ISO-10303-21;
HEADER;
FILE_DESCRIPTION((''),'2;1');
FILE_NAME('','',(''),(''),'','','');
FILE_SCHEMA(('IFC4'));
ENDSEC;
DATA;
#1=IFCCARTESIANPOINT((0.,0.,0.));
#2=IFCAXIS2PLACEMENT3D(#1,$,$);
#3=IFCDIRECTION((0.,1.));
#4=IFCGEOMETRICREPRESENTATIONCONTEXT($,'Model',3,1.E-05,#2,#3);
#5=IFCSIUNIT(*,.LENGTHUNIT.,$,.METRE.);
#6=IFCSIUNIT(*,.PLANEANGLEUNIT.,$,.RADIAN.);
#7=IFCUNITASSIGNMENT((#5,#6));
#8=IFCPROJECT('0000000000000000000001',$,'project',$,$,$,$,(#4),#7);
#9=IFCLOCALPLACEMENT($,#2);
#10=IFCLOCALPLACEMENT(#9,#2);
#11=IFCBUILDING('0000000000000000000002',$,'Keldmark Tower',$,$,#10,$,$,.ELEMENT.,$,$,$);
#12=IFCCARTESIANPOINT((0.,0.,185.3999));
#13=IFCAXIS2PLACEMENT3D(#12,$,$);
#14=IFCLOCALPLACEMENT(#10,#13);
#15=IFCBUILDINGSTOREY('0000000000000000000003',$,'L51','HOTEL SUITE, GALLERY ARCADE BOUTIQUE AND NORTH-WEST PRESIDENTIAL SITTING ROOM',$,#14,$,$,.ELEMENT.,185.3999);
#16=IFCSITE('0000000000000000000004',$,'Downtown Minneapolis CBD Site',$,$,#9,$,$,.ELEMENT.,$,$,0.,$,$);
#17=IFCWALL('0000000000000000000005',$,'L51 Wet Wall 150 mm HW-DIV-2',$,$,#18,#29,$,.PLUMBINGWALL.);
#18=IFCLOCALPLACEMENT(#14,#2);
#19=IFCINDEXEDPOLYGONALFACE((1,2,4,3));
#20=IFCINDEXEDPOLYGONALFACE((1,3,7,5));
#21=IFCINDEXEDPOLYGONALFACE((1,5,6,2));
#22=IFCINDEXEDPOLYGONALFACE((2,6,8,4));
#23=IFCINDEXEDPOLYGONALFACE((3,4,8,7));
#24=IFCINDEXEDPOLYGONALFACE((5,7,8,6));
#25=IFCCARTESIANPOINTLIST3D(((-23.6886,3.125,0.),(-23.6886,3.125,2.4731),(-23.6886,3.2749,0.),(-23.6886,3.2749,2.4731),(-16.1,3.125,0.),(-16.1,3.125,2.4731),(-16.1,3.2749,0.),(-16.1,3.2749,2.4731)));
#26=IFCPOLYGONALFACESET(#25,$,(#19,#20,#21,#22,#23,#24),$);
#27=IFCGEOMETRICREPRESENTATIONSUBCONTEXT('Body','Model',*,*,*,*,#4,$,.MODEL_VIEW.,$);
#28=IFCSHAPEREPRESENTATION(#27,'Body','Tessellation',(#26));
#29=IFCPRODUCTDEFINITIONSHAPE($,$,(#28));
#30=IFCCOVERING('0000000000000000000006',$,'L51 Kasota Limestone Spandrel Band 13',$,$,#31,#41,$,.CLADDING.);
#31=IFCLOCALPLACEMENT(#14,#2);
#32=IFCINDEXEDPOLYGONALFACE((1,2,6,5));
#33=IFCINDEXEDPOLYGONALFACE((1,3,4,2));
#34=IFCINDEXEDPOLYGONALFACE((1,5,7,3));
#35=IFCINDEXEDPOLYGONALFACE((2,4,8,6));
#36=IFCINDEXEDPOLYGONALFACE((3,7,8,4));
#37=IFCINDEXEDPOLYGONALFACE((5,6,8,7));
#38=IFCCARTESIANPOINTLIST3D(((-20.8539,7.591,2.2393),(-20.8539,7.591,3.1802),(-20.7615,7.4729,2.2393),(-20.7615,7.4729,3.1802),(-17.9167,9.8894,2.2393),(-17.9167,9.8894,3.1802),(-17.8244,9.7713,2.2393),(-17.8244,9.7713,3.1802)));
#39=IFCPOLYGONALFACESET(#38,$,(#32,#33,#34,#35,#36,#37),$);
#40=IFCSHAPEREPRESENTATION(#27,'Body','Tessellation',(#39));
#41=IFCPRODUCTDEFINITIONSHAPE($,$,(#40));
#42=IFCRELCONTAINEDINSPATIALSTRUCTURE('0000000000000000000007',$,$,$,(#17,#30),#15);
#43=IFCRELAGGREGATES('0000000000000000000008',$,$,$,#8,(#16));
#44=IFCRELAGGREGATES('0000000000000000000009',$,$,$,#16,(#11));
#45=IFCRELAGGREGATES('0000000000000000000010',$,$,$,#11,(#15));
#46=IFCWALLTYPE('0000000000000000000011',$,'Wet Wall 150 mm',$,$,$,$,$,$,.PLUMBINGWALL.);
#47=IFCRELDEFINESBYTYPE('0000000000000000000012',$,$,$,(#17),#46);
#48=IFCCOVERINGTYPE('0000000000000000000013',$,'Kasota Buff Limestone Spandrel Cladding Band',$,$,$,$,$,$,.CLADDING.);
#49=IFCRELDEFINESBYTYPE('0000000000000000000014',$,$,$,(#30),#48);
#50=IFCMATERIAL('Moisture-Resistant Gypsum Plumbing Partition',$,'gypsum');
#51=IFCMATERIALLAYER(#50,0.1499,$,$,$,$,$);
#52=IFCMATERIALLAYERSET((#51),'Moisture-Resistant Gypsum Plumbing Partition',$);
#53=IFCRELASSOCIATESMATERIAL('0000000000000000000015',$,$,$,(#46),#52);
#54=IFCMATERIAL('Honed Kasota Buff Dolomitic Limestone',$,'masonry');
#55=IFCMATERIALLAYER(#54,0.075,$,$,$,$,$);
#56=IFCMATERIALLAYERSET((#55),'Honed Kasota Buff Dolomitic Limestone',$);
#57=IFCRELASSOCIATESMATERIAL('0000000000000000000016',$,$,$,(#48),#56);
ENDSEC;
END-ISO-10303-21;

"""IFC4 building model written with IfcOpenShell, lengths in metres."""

from ifc_helpers import new_model, si_unit, direction, frame, frame_2d, origin, origin_2d, place, context, subcontext, project, spatial, rectangle, extrude, material, layer, layer_set, type_object, element, save


model = new_model("IFC4")

# Units and contexts
model_context = context("Model", 3, precision=1e-05, world=origin(), true_north=direction((0.0, 1.0)))
body_context = subcontext(model_context, "Body", "Model", "MODEL_VIEW")
ifc_project = project(units=[si_unit("LENGTHUNIT", "METRE"), si_unit("PLANEANGLEUNIT", "RADIAN")], contexts=[model_context])

# Site, building, storey
site_placement = place(None, origin())
site = spatial("IfcSite", under=ifc_project, at=site_placement, Name="Downtown Minneapolis CBD Site", CompositionType="ELEMENT", RefElevation=0.0)
building_placement = place(site_placement, origin())
building = spatial("IfcBuilding", under=site, at=building_placement, Name="Keldmark Tower", CompositionType="ELEMENT")
storey_placement = place(building_placement, frame((0.0, 0.0, 185.3999)))
storey = spatial("IfcBuildingStorey", under=building, at=storey_placement, Name="L51", Description="HOTEL SUITE, GALLERY ARCADE BOUTIQUE AND NORTH-WEST PRESIDENTIAL SITTING ROOM", CompositionType="ELEMENT", Elevation=185.3999)

# Wall
ifc_material_1 = material(Name="Moisture-Resistant Gypsum Plumbing Partition", Category="gypsum")
ifc_layer_1 = layer(ifc_material_1, 0.1499)
ifc_layer_set_1 = layer_set([ifc_layer_1], Name="Moisture-Resistant Gypsum Plumbing Partition")
wall_type_1 = type_object("IfcWallType", Name="Wet Wall 150 mm", PredefinedType="PLUMBINGWALL", material=ifc_layer_set_1)
wall_1_placement = place(storey_placement, frame((-23.6887, 3.2, 0.0), z_axis=(0.0, 0.0, 1.0), x_axis=(1.0, 0.0, 0.0)))
element("IfcWall", 1, at=wall_1_placement, inside=storey, type_object=wall_type_1, Name="L51 Wet Wall 150 mm HW-DIV-2", PredefinedType="PLUMBINGWALL", context=body_context, shape_type="SweptSolid", body=[
    extrude(rectangle(XDim=7.5886, YDim=0.1499, at=frame_2d((3.7944, 0.0))), origin(), (0.0, 0.0, 1.0), 2.4731),
])

# Covering
ifc_material_2 = material(Name="Honed Kasota Buff Dolomitic Limestone", Category="masonry")
ifc_layer_2 = layer(ifc_material_2, 0.075)
ifc_layer_set_2 = layer_set([ifc_layer_2], Name="Honed Kasota Buff Dolomitic Limestone")
covering_type = type_object("IfcCoveringType", Name="Kasota Buff Limestone Spandrel Cladding Band", PredefinedType="CLADDING", material=ifc_layer_set_2)
covering_placement = place(storey_placement, frame((-19.3391, 8.6812, 2.2393), z_axis=(0.0, 0.0, 1.0), x_axis=(-0.787538, -0.616266, 0.0)))
element("IfcCovering", 2, at=covering_placement, inside=storey, type_object=covering_type, Name="L51 Kasota Limestone Spandrel Band 13", PredefinedType="CLADDING", context=body_context, shape_type="SweptSolid", body=[
    extrude(rectangle(XDim=3.7295, YDim=0.1499, at=origin_2d()), origin(), (0.0, 0.0, 1.0), 0.9409),
])

save(model, "model.ifc")
